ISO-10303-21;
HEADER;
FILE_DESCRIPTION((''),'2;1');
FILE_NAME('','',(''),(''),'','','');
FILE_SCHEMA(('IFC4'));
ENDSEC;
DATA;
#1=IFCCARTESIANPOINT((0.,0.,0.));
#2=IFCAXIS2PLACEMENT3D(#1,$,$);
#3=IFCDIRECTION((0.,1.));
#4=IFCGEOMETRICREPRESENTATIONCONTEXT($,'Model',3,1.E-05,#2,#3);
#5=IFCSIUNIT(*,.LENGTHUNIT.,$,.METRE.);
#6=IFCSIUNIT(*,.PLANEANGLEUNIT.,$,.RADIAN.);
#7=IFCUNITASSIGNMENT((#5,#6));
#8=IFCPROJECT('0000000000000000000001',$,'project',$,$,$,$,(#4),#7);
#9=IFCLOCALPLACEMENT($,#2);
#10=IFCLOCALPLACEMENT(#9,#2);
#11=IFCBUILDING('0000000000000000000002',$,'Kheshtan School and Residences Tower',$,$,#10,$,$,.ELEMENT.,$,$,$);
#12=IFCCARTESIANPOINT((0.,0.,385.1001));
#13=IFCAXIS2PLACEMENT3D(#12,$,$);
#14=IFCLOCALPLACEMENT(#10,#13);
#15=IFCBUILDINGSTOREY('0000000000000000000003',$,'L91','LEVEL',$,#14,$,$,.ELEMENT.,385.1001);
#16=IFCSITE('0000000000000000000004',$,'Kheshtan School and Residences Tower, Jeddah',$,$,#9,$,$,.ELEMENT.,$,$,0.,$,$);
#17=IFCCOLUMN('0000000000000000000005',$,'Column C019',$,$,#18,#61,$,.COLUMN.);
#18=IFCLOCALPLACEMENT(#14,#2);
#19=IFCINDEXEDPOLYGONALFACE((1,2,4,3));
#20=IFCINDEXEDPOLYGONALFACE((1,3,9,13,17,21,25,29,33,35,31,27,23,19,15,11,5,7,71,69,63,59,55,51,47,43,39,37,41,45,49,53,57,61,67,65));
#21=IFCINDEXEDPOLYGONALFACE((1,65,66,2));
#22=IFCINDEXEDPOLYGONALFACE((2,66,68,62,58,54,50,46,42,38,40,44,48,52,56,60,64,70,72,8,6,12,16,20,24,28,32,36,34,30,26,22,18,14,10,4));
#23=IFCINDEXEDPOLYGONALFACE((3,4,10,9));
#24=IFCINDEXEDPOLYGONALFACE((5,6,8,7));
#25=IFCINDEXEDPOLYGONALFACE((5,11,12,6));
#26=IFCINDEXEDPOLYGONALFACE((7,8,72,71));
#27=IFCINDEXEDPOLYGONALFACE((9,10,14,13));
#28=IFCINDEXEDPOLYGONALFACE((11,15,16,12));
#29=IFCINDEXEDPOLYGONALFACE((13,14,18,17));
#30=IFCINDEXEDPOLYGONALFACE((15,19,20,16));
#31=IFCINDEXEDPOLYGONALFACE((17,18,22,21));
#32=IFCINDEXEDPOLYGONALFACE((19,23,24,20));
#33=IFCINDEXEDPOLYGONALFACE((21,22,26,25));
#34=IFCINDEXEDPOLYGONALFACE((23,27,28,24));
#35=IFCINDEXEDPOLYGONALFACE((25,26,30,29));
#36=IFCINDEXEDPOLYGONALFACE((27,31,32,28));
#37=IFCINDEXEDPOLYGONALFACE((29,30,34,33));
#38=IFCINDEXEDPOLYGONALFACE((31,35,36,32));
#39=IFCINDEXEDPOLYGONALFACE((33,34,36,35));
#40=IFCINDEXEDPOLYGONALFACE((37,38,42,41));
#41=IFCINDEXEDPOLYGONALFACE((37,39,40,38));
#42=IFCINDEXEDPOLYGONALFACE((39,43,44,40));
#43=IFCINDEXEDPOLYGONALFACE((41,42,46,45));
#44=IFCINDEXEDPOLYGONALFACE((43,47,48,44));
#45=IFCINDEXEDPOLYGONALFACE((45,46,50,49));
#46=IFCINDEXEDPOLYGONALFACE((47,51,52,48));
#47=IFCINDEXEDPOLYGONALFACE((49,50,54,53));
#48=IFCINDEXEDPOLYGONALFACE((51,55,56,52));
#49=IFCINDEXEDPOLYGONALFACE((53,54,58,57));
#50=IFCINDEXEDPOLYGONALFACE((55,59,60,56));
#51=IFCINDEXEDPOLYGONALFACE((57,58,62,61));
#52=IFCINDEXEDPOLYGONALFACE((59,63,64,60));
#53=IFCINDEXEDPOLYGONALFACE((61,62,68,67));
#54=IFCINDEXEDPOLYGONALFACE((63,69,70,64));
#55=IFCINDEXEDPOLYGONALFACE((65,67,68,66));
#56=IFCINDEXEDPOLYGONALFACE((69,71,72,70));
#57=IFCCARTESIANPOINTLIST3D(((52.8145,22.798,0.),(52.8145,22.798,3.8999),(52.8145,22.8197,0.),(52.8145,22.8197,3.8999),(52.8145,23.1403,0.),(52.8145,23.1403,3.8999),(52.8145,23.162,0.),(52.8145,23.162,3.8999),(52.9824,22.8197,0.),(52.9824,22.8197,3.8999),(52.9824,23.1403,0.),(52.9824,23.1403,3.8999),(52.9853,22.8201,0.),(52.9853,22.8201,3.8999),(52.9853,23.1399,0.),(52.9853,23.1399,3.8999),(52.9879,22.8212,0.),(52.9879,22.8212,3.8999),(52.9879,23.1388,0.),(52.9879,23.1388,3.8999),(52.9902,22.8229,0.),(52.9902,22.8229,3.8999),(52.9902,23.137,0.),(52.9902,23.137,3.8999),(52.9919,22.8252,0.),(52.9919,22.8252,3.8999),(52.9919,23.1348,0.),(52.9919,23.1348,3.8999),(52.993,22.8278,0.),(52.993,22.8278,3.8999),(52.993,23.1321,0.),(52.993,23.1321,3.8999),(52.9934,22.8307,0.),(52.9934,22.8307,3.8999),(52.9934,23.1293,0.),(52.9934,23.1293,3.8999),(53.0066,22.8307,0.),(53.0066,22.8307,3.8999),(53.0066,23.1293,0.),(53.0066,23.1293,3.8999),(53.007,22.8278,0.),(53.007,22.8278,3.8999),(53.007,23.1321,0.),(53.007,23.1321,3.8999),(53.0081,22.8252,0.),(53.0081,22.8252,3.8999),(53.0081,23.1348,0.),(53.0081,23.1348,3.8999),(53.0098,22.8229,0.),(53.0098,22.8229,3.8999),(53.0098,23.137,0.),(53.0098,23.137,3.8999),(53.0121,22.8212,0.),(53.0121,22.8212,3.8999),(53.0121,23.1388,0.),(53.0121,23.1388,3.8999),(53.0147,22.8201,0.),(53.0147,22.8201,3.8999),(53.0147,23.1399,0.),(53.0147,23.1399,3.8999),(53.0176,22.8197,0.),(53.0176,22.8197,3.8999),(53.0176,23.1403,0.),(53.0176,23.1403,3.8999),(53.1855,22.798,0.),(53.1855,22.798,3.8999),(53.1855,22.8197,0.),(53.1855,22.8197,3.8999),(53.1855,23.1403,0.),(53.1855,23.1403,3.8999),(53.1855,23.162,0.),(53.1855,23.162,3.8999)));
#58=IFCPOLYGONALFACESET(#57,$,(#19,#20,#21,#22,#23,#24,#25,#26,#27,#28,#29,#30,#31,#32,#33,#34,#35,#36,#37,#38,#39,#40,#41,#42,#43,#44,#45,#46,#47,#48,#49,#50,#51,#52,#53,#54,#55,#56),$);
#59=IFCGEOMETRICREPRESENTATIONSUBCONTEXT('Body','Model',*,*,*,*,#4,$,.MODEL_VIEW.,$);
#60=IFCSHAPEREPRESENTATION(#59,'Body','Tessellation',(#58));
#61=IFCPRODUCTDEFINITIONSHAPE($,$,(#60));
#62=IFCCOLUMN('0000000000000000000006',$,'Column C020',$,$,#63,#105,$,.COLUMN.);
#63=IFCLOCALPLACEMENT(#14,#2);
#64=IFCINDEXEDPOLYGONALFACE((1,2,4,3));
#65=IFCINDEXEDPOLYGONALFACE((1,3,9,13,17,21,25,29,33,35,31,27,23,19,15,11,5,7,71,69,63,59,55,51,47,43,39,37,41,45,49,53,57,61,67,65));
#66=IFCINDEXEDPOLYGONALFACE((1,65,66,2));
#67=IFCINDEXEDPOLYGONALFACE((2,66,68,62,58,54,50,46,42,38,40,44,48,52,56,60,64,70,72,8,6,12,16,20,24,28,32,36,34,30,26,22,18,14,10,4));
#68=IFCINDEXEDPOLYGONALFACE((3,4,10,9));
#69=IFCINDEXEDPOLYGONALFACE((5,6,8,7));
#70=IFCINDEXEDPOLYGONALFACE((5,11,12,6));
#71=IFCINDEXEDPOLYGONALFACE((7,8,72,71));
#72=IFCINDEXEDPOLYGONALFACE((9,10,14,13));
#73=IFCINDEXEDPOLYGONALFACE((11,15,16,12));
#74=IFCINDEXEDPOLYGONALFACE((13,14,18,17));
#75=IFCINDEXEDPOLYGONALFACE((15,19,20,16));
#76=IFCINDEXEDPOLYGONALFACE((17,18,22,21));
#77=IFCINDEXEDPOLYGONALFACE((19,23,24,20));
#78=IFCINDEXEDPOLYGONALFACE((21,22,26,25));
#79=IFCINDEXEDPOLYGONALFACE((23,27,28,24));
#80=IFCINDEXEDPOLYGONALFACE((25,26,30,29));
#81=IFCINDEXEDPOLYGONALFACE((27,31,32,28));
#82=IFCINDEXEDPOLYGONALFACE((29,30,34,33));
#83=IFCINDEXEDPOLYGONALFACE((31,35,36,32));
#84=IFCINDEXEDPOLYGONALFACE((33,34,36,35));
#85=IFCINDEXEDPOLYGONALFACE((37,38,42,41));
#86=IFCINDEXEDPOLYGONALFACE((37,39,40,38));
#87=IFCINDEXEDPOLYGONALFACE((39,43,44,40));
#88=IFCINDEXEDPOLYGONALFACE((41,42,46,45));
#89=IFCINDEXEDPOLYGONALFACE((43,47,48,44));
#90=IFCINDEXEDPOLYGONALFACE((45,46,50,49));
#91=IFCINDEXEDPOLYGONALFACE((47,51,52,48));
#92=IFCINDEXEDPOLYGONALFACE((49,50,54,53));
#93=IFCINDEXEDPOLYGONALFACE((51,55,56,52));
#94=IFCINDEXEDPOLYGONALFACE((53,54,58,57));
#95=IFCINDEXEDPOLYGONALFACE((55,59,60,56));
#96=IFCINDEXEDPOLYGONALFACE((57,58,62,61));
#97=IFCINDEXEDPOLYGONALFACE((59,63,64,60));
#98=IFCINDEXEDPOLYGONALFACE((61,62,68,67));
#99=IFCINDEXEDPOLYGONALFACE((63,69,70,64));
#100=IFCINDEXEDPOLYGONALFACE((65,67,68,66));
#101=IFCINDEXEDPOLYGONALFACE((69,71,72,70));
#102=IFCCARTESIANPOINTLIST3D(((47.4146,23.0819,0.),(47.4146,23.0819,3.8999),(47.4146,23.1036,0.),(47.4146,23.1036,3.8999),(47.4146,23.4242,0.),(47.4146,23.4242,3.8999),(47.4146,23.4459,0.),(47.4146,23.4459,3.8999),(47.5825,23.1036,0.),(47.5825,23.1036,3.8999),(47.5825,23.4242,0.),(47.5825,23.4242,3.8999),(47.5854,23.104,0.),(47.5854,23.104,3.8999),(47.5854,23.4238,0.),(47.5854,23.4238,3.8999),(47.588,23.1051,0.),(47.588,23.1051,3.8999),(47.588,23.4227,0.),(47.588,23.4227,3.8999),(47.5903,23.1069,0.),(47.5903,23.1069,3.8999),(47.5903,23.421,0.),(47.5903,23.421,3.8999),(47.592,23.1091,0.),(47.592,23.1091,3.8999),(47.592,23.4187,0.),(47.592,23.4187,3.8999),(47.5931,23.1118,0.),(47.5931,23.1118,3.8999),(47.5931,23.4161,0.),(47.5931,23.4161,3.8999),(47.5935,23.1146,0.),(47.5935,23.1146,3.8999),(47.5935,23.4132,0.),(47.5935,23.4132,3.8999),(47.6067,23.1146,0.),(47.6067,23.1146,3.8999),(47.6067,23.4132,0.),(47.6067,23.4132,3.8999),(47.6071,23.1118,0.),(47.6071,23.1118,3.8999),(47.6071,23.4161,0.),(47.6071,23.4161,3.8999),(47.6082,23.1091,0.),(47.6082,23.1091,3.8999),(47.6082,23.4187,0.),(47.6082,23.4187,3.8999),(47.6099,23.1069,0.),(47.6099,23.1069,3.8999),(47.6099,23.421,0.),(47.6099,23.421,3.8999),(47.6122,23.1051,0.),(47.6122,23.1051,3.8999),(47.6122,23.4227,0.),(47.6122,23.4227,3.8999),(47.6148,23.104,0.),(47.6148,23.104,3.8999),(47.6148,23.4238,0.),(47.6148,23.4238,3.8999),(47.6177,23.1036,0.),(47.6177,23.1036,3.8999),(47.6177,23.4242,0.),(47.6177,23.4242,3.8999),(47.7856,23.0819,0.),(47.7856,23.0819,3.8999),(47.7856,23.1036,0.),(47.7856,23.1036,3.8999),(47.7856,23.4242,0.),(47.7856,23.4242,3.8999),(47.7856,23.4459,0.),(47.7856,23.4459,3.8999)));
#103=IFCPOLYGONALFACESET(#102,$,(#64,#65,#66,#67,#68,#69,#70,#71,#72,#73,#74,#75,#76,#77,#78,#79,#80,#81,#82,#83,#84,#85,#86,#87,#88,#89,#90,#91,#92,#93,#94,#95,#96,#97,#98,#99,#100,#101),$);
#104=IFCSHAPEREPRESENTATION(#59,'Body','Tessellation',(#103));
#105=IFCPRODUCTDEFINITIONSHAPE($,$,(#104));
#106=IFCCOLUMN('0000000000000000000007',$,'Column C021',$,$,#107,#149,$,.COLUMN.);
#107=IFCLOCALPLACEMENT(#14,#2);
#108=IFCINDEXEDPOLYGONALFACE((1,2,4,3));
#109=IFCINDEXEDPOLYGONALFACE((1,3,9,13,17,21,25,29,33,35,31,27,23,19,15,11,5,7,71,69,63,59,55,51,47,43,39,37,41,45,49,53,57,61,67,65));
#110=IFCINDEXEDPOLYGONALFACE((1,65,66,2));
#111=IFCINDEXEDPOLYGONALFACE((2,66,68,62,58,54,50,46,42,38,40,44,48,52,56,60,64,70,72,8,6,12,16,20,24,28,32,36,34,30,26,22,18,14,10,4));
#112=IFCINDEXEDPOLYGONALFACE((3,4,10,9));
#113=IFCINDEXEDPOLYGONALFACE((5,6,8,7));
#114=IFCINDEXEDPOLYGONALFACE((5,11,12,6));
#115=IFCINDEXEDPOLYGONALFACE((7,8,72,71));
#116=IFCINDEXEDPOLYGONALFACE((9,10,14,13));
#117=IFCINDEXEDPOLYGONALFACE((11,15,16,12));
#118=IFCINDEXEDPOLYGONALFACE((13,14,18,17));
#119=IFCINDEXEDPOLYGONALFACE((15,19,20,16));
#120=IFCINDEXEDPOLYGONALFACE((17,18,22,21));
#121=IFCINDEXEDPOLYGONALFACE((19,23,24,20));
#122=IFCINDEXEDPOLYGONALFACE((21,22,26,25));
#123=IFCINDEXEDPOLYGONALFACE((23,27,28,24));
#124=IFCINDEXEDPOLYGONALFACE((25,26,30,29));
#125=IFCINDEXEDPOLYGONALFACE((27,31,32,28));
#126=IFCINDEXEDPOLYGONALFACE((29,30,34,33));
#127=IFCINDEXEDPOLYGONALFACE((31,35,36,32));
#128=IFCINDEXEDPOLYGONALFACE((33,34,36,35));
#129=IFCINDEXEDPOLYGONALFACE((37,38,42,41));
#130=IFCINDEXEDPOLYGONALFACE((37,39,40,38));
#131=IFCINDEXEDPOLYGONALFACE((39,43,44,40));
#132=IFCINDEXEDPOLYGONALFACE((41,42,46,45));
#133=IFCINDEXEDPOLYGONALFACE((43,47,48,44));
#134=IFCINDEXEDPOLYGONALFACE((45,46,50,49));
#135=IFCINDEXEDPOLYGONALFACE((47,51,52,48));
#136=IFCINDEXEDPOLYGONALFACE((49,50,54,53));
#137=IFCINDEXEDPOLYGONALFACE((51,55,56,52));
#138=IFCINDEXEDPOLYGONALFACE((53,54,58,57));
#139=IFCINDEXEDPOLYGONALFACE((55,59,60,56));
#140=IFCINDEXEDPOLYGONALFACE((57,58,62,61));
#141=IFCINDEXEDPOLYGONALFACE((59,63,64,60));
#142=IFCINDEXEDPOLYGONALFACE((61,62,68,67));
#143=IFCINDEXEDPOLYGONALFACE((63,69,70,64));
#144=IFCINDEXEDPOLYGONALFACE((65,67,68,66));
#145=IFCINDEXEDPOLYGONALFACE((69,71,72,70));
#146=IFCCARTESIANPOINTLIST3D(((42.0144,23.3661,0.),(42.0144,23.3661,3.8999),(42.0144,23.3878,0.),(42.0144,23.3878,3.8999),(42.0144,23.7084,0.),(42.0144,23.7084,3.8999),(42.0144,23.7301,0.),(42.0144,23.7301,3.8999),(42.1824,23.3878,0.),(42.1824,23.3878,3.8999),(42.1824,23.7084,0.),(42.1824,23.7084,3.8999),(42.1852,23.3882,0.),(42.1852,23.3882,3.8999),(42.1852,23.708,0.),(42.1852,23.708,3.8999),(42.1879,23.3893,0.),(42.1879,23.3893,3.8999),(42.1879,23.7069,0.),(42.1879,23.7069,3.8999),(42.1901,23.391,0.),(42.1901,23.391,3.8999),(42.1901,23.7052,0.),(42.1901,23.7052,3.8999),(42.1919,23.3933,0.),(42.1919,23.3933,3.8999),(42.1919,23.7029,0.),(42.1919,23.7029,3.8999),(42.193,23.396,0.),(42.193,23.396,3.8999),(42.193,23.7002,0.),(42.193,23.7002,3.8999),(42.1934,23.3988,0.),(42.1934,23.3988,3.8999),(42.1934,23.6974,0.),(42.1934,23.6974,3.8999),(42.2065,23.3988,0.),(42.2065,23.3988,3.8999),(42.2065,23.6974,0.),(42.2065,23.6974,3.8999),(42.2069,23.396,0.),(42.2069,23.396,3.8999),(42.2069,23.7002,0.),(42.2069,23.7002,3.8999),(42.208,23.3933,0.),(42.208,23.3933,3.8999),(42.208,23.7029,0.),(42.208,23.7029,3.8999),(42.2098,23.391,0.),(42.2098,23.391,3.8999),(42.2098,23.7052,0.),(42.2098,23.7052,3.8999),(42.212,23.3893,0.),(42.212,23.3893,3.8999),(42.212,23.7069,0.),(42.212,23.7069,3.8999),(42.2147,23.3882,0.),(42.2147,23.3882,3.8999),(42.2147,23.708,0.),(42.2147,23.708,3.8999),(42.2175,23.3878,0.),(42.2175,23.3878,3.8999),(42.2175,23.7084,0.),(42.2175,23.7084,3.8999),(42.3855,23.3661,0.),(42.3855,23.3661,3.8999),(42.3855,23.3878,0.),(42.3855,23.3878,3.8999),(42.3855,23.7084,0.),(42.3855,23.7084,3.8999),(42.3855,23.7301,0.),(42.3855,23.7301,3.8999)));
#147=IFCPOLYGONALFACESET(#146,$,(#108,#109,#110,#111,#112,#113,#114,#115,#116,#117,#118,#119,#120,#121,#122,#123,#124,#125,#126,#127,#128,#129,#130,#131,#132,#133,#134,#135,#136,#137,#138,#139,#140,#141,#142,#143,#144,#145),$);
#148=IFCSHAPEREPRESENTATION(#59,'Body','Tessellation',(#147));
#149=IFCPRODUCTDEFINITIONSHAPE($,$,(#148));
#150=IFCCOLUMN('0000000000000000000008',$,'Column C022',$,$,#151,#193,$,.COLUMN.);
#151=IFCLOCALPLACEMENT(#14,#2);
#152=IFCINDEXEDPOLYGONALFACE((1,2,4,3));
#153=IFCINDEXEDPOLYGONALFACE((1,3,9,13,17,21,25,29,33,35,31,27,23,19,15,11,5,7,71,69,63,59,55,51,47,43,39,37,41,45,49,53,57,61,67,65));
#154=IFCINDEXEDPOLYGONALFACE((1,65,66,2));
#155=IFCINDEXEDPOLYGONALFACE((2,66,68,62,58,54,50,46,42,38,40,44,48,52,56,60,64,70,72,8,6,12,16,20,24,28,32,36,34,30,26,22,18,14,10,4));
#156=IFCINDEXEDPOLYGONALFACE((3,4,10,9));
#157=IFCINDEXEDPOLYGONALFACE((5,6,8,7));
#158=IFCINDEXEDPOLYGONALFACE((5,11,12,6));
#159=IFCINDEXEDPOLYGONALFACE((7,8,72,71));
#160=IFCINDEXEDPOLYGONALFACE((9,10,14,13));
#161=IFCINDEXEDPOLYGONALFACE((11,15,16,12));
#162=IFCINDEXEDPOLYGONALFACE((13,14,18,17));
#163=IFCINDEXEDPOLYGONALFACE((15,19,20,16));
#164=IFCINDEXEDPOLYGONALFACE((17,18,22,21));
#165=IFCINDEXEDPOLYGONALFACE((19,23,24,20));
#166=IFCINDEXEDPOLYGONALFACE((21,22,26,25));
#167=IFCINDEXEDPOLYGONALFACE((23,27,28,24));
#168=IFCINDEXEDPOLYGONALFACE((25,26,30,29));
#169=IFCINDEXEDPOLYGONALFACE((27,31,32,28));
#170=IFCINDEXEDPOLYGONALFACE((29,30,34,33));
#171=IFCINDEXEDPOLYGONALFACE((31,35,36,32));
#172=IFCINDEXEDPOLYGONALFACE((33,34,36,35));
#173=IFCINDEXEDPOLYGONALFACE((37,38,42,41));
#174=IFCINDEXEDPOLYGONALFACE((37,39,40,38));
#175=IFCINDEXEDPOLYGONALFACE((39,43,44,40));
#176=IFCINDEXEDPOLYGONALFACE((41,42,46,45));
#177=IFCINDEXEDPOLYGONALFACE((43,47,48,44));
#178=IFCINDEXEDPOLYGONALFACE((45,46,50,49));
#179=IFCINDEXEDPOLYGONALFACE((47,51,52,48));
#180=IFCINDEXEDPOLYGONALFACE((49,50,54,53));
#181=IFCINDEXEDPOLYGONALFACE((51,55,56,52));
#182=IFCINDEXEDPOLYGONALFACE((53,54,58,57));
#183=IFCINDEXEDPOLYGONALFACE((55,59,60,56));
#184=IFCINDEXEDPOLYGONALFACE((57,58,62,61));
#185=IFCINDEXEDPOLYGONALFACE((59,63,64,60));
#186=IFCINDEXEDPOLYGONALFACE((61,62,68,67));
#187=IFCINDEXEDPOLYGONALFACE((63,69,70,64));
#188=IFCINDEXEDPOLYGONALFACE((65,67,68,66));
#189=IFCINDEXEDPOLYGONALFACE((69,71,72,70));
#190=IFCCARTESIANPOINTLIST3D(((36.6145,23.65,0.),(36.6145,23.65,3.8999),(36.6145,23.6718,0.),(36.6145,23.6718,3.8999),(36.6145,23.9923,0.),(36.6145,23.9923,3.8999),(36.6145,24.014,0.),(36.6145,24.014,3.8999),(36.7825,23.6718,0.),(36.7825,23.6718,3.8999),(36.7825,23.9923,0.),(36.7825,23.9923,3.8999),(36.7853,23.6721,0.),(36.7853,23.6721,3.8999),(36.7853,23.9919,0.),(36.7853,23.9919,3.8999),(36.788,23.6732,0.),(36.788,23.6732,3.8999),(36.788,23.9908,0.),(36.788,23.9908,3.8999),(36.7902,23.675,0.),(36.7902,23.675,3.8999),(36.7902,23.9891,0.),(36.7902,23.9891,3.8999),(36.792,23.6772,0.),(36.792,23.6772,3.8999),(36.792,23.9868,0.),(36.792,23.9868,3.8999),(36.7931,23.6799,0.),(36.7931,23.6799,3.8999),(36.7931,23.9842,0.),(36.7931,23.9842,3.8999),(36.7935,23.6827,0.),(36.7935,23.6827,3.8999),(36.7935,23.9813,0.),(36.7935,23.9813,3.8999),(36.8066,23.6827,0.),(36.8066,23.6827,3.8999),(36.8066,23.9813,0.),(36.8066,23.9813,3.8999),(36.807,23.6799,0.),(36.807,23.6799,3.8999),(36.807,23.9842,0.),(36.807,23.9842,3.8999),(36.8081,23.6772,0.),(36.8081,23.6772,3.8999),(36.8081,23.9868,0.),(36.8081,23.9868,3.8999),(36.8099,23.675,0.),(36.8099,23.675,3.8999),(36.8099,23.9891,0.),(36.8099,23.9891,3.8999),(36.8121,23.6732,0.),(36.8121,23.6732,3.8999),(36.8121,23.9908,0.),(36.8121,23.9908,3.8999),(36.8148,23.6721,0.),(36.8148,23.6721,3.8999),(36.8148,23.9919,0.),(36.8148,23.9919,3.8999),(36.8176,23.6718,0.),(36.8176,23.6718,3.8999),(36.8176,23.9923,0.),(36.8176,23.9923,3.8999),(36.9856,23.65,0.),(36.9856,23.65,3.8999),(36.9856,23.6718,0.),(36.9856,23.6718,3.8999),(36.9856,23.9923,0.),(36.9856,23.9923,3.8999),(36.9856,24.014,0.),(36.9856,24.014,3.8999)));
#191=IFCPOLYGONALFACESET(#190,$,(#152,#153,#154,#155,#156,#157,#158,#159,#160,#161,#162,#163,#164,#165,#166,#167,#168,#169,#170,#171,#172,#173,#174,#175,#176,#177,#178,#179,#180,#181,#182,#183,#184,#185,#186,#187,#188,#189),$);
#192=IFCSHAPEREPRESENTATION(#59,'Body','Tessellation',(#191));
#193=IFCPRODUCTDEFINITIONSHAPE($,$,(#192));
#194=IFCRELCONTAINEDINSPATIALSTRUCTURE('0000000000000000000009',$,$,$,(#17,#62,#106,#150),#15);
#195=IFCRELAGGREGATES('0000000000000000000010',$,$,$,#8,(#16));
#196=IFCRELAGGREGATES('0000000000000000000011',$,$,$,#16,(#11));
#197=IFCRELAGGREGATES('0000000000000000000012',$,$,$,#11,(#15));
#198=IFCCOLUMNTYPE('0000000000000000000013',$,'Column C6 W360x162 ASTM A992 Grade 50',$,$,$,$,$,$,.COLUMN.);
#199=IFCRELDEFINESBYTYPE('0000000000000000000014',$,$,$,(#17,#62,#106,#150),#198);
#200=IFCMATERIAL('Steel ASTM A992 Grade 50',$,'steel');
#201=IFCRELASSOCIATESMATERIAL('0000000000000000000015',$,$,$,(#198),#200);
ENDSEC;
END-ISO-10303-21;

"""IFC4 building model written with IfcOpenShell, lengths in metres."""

from ifc_helpers import new_model, si_unit, direction, frame, origin, origin_2d, place, context, subcontext, project, spatial, i_section, extrude, material, material_profile, profile_set, type_object, element, save


model = new_model("IFC4")

# Units and contexts
model_context = context("Model", 3, precision=1e-05, world=origin(), true_north=direction((0.0, 1.0)))
body_context = subcontext(model_context, "Body", "Model", "MODEL_VIEW")
ifc_project = project(units=[si_unit("LENGTHUNIT", "METRE"), si_unit("PLANEANGLEUNIT", "RADIAN")], contexts=[model_context])

# Site, building, storey
site_placement = place(None, origin())
site = spatial("IfcSite", under=ifc_project, at=site_placement, Name="Kheshtan School and Residences Tower, Jeddah", CompositionType="ELEMENT", RefElevation=0.0)
building_placement = place(site_placement, origin())
building = spatial("IfcBuilding", under=site, at=building_placement, Name="Kheshtan School and Residences Tower", CompositionType="ELEMENT")
storey_placement = place(building_placement, frame((0.0, 0.0, 385.1001)))
storey = spatial("IfcBuildingStorey", under=building, at=storey_placement, Name="L91", Description="LEVEL", CompositionType="ELEMENT", Elevation=385.1001)

# Columns
ifc_material_1 = material(Name="Steel ASTM A992 Grade 50", Category="steel")
ifc_material_profile_1 = material_profile(ifc_material_1, i_section(OverallWidth=0.3711, OverallDepth=0.364, WebThickness=0.0132, FlangeThickness=0.0217, FilletRadius=0.011, at=origin_2d()), Name="W360x162")
ifc_profile_set_1 = profile_set([ifc_material_profile_1], Name="Steel ASTM A992 Grade 50")
column_type = type_object("IfcColumnType", Name="Column C6 W360x162 ASTM A992 Grade 50", PredefinedType="COLUMN", material=ifc_profile_set_1)
for number, where, z_axis, x_axis, name in (
    (1, (53.0, 22.98, 0.0), (0.0, 0.0, 1.0), (1.0, 0.0, 0.0), "Column C019"),
    (2, (47.6001, 23.2639, 0.0), (0.0, 0.0, 1.0), (1.0, 0.0, 0.0), "Column C020"),
    (3, (42.2, 23.5481, 0.0), (0.0, 0.0, 1.0), (1.0, 0.0, 0.0), "Column C021"),
    (4, (36.8, 23.832, 0.0), (0.0, 0.0, 1.0), (1.0, 0.0, 0.0), "Column C022"),
):
    element("IfcColumn", number, at=place(storey_placement, frame(where, z_axis=z_axis, x_axis=x_axis)), inside=storey, type_object=column_type, Name=name, PredefinedType="COLUMN", context=body_context, shape_type="SweptSolid", body=[
        extrude(i_section(OverallWidth=0.3711, OverallDepth=0.364, WebThickness=0.0132, FlangeThickness=0.0217, FilletRadius=0.011, at=origin_2d()), origin(), (0.0, 0.0, 1.0), 3.8999),
    ])

save(model, "model.ifc")
